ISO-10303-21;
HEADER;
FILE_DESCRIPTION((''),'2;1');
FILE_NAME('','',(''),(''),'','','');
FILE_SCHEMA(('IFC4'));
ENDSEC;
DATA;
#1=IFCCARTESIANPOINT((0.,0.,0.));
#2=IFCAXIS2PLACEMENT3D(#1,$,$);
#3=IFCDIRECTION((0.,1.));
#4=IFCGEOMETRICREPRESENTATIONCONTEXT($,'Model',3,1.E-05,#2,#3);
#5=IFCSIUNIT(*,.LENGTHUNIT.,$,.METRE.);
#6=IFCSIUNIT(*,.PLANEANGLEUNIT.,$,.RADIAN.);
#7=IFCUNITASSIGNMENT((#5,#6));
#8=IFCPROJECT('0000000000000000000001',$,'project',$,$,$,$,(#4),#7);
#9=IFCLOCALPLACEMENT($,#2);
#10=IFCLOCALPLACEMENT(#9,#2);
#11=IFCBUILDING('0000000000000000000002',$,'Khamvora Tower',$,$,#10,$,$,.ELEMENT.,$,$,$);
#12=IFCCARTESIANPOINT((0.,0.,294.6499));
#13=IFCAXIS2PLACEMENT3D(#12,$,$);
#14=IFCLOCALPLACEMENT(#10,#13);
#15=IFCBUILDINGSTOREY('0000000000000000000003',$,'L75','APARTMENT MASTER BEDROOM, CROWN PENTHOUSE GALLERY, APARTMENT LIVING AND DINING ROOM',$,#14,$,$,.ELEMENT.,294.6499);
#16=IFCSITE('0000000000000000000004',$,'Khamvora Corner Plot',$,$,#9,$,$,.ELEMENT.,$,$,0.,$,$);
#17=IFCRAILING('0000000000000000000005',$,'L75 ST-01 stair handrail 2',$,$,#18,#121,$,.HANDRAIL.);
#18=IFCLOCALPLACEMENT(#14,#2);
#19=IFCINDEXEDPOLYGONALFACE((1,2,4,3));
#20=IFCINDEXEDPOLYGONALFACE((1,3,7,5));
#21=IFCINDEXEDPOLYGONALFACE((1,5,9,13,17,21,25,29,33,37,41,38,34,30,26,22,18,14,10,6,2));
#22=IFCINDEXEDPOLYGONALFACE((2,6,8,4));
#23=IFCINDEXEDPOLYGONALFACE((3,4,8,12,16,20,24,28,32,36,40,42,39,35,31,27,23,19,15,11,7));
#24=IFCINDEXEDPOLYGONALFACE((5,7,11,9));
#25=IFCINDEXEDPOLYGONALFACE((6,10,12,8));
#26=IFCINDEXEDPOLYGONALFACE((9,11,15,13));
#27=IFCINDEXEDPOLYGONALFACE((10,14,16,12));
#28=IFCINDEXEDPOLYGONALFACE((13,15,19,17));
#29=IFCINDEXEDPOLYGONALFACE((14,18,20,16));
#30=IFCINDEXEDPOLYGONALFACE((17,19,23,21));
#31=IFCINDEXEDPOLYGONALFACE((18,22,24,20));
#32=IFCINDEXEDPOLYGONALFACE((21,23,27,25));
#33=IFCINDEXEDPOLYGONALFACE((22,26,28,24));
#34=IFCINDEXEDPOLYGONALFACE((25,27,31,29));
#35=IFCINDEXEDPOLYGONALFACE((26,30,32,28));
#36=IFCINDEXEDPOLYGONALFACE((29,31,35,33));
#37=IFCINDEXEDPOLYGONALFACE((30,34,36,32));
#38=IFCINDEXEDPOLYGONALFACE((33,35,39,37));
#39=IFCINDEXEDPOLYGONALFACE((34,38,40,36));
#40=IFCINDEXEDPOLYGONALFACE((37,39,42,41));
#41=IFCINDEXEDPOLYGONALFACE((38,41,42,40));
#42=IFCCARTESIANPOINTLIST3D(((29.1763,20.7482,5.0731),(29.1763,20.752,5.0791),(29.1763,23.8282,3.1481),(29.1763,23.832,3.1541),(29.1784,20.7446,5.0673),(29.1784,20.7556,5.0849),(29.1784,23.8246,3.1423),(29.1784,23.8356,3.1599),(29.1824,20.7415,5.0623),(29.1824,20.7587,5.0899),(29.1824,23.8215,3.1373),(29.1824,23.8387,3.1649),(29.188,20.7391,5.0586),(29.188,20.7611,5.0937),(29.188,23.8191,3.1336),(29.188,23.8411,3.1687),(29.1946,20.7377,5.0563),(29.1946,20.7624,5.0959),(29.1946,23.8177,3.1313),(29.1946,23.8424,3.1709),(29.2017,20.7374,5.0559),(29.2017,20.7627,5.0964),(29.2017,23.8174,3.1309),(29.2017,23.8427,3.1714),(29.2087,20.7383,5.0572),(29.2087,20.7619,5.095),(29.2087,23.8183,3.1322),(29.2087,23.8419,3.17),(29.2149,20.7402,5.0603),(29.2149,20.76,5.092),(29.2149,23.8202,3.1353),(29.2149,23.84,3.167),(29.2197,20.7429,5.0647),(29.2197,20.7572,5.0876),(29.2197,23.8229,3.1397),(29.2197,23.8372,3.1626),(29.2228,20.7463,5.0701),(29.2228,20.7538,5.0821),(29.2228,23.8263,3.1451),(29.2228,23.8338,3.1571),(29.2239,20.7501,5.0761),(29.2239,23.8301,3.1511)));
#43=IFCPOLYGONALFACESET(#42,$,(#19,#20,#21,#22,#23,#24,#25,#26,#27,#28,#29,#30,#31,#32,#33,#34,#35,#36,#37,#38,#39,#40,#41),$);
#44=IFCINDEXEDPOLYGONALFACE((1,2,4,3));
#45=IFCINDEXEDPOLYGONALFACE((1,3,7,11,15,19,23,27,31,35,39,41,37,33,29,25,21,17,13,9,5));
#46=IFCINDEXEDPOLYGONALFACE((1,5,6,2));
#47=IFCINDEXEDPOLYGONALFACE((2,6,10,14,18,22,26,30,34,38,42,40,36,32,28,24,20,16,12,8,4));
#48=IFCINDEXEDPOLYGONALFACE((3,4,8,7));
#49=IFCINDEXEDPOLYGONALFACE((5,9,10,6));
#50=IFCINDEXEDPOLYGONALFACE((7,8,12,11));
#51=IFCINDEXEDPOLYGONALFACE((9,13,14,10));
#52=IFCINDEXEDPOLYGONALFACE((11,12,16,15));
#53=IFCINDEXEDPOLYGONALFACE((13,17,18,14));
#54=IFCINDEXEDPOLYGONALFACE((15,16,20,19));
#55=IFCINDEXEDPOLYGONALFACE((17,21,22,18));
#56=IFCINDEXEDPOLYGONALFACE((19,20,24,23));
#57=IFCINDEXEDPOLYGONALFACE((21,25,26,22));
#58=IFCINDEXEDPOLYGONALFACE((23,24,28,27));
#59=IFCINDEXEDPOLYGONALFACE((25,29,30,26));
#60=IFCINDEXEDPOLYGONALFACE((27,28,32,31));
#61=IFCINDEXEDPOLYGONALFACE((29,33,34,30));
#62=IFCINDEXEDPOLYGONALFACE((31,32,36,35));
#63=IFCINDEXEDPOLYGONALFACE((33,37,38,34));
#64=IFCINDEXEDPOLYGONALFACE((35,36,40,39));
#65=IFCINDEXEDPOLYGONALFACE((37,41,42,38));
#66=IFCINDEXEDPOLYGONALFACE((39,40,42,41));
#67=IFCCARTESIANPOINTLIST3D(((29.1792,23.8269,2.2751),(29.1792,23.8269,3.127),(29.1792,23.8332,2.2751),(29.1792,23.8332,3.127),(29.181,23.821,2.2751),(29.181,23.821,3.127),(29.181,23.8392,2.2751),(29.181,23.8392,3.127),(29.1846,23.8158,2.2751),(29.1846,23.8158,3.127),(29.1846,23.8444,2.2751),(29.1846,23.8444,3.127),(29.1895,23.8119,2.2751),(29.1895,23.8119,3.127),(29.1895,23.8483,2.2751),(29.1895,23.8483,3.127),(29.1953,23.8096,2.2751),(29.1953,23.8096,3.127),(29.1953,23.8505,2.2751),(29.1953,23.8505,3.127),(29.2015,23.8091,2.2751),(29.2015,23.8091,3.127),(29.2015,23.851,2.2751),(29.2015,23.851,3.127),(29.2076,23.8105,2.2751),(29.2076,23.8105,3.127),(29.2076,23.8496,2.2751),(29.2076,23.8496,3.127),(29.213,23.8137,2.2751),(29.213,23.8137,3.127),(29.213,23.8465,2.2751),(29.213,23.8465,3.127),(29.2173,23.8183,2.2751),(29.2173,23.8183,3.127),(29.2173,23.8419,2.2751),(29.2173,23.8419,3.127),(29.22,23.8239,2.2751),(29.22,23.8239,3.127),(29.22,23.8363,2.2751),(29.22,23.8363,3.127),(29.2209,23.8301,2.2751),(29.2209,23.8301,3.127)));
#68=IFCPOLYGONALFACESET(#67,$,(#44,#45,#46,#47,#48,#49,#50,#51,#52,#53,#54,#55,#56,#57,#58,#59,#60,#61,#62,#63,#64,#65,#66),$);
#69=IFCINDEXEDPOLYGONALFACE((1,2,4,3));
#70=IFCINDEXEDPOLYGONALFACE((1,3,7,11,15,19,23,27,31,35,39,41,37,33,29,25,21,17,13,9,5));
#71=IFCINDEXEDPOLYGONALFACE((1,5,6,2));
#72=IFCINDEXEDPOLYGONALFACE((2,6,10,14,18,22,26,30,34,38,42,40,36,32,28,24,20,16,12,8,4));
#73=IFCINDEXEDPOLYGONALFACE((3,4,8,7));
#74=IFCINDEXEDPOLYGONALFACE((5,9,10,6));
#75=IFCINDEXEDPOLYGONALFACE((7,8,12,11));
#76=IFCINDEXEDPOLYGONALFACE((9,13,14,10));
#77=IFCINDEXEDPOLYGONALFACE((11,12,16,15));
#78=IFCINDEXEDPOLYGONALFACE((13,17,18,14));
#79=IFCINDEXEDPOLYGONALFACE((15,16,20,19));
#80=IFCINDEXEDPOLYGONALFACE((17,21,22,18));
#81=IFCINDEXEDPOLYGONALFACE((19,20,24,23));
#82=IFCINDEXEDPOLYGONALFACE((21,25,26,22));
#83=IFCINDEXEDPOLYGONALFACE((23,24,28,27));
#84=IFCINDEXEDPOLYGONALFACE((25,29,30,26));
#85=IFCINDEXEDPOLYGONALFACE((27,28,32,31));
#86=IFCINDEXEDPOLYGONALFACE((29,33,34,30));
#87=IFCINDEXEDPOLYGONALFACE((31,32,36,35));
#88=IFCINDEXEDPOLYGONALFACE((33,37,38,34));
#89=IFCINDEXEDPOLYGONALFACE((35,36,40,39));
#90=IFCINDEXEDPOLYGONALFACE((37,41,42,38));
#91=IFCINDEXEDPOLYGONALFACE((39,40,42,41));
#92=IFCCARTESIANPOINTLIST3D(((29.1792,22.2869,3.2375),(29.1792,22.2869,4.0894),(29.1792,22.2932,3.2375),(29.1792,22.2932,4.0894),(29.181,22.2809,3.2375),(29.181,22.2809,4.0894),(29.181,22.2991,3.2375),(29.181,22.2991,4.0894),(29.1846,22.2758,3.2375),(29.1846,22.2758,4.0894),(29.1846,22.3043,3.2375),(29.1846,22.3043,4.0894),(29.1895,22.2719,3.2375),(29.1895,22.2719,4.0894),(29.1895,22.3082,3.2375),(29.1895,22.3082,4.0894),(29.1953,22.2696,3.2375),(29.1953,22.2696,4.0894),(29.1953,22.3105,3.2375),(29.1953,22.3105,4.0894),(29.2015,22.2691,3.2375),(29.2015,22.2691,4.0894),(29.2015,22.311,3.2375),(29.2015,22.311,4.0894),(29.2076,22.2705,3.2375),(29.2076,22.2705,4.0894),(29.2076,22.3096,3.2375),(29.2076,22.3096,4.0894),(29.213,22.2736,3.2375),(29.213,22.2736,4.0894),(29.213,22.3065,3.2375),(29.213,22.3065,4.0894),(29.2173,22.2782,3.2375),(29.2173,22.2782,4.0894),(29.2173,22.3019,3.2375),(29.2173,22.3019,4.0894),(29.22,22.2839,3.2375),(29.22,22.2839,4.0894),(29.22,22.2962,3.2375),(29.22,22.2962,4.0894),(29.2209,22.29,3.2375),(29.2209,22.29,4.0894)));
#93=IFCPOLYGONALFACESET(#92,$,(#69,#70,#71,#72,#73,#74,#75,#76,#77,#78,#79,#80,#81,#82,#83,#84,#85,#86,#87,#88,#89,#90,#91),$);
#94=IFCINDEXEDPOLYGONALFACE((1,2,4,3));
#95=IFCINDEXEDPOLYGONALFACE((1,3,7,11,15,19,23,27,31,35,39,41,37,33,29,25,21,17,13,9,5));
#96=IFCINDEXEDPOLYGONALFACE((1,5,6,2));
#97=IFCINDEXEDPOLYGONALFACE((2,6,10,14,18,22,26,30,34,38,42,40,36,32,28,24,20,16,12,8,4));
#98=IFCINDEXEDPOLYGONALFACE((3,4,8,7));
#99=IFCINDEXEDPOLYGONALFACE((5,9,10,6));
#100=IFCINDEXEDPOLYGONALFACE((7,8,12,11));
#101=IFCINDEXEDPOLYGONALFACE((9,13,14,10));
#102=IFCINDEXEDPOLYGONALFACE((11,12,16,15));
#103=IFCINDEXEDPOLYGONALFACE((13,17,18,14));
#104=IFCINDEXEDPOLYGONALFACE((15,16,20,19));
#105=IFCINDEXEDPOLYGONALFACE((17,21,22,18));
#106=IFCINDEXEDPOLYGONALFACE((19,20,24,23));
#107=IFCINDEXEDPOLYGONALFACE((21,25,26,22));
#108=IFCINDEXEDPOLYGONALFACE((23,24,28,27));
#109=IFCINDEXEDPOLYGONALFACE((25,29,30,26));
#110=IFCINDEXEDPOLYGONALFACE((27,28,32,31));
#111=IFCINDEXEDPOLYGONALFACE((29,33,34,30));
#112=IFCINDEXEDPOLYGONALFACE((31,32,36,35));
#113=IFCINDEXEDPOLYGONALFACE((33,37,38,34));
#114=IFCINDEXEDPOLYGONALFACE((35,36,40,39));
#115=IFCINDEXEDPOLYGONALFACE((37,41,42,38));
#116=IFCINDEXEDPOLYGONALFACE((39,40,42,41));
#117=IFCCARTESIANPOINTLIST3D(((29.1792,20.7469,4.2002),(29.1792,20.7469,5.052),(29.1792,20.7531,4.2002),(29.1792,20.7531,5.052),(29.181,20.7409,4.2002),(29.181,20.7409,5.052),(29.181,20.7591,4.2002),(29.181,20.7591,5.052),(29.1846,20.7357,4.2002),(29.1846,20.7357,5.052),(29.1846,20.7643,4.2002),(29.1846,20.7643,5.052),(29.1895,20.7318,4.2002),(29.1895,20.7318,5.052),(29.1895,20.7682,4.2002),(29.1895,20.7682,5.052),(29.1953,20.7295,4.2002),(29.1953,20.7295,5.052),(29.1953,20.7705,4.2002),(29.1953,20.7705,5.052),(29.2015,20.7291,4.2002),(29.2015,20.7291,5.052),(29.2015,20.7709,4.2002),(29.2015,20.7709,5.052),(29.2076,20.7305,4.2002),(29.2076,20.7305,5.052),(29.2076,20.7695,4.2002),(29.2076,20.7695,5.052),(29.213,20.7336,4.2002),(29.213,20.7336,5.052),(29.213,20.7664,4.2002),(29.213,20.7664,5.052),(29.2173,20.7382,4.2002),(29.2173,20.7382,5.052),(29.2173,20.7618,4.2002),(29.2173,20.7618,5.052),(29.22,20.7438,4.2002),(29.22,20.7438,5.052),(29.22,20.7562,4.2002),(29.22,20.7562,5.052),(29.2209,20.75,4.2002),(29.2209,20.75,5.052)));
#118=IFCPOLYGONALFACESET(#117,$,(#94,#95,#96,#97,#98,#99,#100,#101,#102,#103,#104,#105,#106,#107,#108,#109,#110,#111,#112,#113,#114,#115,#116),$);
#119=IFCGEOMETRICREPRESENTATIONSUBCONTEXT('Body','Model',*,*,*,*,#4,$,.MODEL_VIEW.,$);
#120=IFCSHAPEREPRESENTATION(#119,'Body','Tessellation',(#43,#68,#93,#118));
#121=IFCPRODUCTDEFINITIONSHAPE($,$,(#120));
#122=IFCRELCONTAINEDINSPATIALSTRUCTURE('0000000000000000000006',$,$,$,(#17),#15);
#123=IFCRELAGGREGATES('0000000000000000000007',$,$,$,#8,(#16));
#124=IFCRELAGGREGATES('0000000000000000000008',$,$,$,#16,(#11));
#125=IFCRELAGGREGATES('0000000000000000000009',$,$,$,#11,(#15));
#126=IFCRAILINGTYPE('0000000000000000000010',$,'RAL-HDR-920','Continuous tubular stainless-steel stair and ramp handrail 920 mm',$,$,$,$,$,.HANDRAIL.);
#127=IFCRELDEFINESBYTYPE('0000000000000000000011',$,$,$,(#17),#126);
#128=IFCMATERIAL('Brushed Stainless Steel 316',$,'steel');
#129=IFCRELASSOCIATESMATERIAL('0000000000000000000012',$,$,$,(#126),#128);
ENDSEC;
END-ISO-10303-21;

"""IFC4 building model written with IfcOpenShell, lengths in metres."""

from ifc_helpers import new_model, si_unit, direction, frame, origin, origin_2d, place, context, subcontext, project, spatial, circle, extrude, material, type_object, element, save


model = new_model("IFC4")

# Units and contexts
model_context = context("Model", 3, precision=1e-05, world=origin(), true_north=direction((0.0, 1.0)))
body_context = subcontext(model_context, "Body", "Model", "MODEL_VIEW")
ifc_project = project(units=[si_unit("LENGTHUNIT", "METRE"), si_unit("PLANEANGLEUNIT", "RADIAN")], contexts=[model_context])

# Site, building, storey
site_placement = place(None, origin())
site = spatial("IfcSite", under=ifc_project, at=site_placement, Name="Khamvora Corner Plot", CompositionType="ELEMENT", RefElevation=0.0)
building_placement = place(site_placement, origin())
building = spatial("IfcBuilding", under=site, at=building_placement, Name="Khamvora Tower", CompositionType="ELEMENT")
storey_placement = place(building_placement, frame((0.0, 0.0, 294.6499)))
storey = spatial("IfcBuildingStorey", under=building, at=storey_placement, Name="L75", Description="APARTMENT MASTER BEDROOM, CROWN PENTHOUSE GALLERY, APARTMENT LIVING AND DINING ROOM", CompositionType="ELEMENT", Elevation=294.6499)

# Railing
ifc_material_1 = material(Name="Brushed Stainless Steel 316", Category="steel")
railing_type_1 = type_object("IfcRailingType", Name="RAL-HDR-920", Description="Continuous tubular stainless-steel stair and ramp handrail 920 mm", PredefinedType="HANDRAIL", material=ifc_material_1)
railing_1_placement = place(storey_placement, frame((29.2, 23.8301, 2.2751)))
element("IfcRailing", 1, at=railing_1_placement, inside=storey, type_object=railing_type_1, Name="L75 ST-01 stair handrail 2", PredefinedType="HANDRAIL", context=body_context, shape_type="SweptSolid", body=[
    extrude(circle(Radius=0.0239, at=origin_2d()), frame((0.0, 0.0, 0.876), z_axis=(0.0, -0.847998, 0.529999), x_axis=(1.0, 0.0, 0.0)), (0.0, 0.0, 1.0), 3.6321),
    extrude(circle(Radius=0.021, at=origin_2d()), origin(), (0.0, 0.0, 1.0), 0.8518),
    extrude(circle(Radius=0.021, at=origin_2d()), frame((0.0, -1.54, 0.9624)), (0.0, 0.0, 1.0), 0.8518),
    extrude(circle(Radius=0.021, at=origin_2d()), frame((0.0, -3.0801, 1.925)), (0.0, 0.0, 1.0), 0.8518),
])

save(model, "model.ifc")
